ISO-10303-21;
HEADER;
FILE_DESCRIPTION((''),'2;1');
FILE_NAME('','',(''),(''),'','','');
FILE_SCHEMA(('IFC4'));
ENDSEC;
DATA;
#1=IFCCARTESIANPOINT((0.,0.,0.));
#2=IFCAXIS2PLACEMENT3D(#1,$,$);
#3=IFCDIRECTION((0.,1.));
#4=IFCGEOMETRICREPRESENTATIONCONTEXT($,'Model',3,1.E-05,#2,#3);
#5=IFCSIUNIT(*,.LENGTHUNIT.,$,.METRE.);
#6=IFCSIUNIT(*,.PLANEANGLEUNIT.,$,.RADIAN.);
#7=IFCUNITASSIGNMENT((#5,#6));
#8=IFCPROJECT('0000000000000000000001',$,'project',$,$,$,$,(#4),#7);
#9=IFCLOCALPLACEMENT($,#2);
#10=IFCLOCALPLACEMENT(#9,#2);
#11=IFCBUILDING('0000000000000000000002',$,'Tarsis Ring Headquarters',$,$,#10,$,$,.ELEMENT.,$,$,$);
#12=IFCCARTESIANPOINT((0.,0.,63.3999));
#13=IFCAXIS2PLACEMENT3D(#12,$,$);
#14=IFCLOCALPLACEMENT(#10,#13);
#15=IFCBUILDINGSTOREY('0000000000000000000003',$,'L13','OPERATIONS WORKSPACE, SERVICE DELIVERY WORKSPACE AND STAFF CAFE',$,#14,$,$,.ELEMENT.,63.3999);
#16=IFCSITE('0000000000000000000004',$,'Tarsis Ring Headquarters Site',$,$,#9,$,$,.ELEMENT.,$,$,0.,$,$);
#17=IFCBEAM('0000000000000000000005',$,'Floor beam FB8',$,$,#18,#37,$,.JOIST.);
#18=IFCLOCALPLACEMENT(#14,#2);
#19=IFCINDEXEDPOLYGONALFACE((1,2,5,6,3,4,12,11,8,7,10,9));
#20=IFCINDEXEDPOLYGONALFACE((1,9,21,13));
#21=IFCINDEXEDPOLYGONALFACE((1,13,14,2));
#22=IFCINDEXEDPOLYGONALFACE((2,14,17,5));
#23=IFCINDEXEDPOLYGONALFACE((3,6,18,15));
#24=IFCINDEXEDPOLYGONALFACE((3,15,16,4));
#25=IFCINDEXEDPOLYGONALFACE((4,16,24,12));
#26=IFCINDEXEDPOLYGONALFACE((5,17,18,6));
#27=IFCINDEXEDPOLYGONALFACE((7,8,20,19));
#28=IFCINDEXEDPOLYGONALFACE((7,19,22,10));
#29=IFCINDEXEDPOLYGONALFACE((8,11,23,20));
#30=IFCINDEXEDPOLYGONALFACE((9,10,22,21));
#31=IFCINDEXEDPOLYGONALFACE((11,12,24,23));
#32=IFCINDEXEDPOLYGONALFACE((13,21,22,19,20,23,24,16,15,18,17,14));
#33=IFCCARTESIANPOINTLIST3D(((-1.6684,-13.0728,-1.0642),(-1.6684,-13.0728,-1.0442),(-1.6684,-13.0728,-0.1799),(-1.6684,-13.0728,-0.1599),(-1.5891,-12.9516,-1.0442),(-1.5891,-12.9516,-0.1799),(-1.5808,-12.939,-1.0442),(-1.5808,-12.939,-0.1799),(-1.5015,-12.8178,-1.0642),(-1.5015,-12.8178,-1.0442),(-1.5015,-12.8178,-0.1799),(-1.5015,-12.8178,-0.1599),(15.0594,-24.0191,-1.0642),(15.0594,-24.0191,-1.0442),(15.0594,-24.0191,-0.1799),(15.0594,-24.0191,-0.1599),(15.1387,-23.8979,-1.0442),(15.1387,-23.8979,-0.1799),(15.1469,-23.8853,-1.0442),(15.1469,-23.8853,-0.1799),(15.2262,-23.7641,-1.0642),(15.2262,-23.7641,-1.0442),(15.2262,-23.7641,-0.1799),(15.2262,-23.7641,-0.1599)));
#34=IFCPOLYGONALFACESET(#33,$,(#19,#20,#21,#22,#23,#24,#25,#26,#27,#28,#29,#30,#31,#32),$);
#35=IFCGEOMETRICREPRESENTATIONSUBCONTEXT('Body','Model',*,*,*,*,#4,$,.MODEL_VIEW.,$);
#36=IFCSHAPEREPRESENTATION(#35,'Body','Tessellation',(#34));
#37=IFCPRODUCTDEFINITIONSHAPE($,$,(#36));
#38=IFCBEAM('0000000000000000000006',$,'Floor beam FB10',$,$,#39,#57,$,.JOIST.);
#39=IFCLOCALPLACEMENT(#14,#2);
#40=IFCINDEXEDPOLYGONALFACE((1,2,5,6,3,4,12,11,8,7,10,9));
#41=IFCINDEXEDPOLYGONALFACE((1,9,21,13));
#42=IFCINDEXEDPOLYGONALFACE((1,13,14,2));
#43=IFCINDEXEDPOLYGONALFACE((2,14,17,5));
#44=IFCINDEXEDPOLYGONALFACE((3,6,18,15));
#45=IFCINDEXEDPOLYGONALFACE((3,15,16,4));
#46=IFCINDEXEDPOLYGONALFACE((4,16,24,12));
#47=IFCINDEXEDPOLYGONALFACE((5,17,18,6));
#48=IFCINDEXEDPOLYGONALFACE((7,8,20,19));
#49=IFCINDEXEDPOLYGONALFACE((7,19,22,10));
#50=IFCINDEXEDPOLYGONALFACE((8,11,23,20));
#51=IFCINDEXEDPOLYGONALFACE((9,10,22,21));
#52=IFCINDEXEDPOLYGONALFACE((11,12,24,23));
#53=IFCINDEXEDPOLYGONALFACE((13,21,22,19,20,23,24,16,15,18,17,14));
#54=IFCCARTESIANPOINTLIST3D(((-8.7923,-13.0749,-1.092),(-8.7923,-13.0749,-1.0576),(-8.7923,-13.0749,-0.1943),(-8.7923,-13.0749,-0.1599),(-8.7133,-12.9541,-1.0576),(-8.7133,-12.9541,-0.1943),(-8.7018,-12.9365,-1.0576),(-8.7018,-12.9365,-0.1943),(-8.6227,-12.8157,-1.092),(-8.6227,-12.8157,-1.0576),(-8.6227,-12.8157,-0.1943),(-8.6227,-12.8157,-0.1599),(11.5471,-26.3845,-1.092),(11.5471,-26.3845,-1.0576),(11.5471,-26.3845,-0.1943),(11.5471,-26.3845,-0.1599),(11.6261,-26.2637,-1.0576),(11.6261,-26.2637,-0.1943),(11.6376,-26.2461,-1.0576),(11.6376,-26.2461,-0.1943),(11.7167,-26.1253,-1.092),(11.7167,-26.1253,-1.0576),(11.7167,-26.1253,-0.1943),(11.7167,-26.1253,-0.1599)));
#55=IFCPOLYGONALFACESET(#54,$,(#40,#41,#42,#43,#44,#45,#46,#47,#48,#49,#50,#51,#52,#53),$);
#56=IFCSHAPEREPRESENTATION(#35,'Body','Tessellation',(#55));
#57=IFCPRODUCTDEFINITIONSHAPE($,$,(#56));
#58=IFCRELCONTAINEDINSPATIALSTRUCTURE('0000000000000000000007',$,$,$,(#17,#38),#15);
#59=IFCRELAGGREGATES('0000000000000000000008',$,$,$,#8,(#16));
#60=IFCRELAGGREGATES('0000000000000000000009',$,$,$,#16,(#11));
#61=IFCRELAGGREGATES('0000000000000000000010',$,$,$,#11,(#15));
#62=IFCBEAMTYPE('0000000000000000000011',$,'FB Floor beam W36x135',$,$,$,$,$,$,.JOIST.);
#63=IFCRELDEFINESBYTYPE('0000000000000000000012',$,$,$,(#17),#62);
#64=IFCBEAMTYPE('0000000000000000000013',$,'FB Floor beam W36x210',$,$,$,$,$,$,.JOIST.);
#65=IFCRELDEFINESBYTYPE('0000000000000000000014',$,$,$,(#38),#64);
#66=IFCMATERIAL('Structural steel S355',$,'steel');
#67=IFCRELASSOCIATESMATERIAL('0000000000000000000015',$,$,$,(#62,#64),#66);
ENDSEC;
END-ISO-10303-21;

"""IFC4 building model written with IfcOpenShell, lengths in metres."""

from ifc_helpers import new_model, si_unit, direction, frame, origin, origin_2d, place, context, subcontext, project, spatial, i_section, extrude, material, material_profile, profile_set, type_object, element, save


model = new_model("IFC4")

# Units and contexts
model_context = context("Model", 3, precision=1e-05, world=origin(), true_north=direction((0.0, 1.0)))
body_context = subcontext(model_context, "Body", "Model", "MODEL_VIEW")
ifc_project = project(units=[si_unit("LENGTHUNIT", "METRE"), si_unit("PLANEANGLEUNIT", "RADIAN")], contexts=[model_context])

# Site, building, storey
site_placement = place(None, origin())
site = spatial("IfcSite", under=ifc_project, at=site_placement, Name="Tarsis Ring Headquarters Site", CompositionType="ELEMENT", RefElevation=0.0)
building_placement = place(site_placement, origin())
building = spatial("IfcBuilding", under=site, at=building_placement, Name="Tarsis Ring Headquarters", CompositionType="ELEMENT")
storey_placement = place(building_placement, frame((0.0, 0.0, 63.3999)))
storey = spatial("IfcBuildingStorey", under=building, at=storey_placement, Name="L13", Description="OPERATIONS WORKSPACE, SERVICE DELIVERY WORKSPACE AND STAFF CAFE", CompositionType="ELEMENT", Elevation=63.3999)

# Beams
ifc_material_1 = material(Name="Structural steel S355", Category="steel")
ifc_material_profile_1 = material_profile(ifc_material_1, i_section(OverallWidth=0.3047, OverallDepth=0.9043, WebThickness=0.0151, FlangeThickness=0.02, at=origin_2d()), Name="W36x135")
ifc_profile_set_1 = profile_set([ifc_material_profile_1], Name="Structural steel S355")
beam_type_1 = type_object("IfcBeamType", Name="FB Floor beam W36x135", PredefinedType="JOIST", material=ifc_profile_set_1)
beam_1_placement = place(storey_placement, frame((-1.585, -12.9453, -0.6121), z_axis=(0.836766, -0.547561, 0.0), x_axis=(0.547561, 0.836766, 0.0)))
element("IfcBeam", 1, at=beam_1_placement, inside=storey, type_object=beam_type_1, Name="Floor beam FB8", PredefinedType="JOIST", context=body_context, shape_type="SweptSolid", body=[
    extrude(i_section(OverallWidth=0.3047, OverallDepth=0.9043, WebThickness=0.0151, FlangeThickness=0.02, at=origin_2d()), origin(), (0.0, 0.0, 1.0), 19.991),
])
ifc_material_profile_2 = material_profile(ifc_material_1, i_section(OverallWidth=0.3098, OverallDepth=0.9321, WebThickness=0.021, FlangeThickness=0.0344, at=origin_2d()), Name="W36x210")
ifc_profile_set_2 = profile_set([ifc_material_profile_2], Name="Structural steel S355")
beam_type_2 = type_object("IfcBeamType", Name="FB Floor beam W36x210", PredefinedType="JOIST", material=ifc_profile_set_2)
beam_2_placement = place(storey_placement, frame((-8.7075, -12.9453, -0.626), z_axis=(0.836767, -0.547559, 0.0), x_axis=(0.547559, 0.836767, 0.0)))
element("IfcBeam", 2, at=beam_2_placement, inside=storey, type_object=beam_type_2, Name="Floor beam FB10", PredefinedType="JOIST", context=body_context, shape_type="SweptSolid", body=[
    extrude(i_section(OverallWidth=0.3098, OverallDepth=0.9321, WebThickness=0.021, FlangeThickness=0.0344, at=origin_2d()), origin(), (0.0, 0.0, 1.0), 24.3071),
])

save(model, "model.ifc")
